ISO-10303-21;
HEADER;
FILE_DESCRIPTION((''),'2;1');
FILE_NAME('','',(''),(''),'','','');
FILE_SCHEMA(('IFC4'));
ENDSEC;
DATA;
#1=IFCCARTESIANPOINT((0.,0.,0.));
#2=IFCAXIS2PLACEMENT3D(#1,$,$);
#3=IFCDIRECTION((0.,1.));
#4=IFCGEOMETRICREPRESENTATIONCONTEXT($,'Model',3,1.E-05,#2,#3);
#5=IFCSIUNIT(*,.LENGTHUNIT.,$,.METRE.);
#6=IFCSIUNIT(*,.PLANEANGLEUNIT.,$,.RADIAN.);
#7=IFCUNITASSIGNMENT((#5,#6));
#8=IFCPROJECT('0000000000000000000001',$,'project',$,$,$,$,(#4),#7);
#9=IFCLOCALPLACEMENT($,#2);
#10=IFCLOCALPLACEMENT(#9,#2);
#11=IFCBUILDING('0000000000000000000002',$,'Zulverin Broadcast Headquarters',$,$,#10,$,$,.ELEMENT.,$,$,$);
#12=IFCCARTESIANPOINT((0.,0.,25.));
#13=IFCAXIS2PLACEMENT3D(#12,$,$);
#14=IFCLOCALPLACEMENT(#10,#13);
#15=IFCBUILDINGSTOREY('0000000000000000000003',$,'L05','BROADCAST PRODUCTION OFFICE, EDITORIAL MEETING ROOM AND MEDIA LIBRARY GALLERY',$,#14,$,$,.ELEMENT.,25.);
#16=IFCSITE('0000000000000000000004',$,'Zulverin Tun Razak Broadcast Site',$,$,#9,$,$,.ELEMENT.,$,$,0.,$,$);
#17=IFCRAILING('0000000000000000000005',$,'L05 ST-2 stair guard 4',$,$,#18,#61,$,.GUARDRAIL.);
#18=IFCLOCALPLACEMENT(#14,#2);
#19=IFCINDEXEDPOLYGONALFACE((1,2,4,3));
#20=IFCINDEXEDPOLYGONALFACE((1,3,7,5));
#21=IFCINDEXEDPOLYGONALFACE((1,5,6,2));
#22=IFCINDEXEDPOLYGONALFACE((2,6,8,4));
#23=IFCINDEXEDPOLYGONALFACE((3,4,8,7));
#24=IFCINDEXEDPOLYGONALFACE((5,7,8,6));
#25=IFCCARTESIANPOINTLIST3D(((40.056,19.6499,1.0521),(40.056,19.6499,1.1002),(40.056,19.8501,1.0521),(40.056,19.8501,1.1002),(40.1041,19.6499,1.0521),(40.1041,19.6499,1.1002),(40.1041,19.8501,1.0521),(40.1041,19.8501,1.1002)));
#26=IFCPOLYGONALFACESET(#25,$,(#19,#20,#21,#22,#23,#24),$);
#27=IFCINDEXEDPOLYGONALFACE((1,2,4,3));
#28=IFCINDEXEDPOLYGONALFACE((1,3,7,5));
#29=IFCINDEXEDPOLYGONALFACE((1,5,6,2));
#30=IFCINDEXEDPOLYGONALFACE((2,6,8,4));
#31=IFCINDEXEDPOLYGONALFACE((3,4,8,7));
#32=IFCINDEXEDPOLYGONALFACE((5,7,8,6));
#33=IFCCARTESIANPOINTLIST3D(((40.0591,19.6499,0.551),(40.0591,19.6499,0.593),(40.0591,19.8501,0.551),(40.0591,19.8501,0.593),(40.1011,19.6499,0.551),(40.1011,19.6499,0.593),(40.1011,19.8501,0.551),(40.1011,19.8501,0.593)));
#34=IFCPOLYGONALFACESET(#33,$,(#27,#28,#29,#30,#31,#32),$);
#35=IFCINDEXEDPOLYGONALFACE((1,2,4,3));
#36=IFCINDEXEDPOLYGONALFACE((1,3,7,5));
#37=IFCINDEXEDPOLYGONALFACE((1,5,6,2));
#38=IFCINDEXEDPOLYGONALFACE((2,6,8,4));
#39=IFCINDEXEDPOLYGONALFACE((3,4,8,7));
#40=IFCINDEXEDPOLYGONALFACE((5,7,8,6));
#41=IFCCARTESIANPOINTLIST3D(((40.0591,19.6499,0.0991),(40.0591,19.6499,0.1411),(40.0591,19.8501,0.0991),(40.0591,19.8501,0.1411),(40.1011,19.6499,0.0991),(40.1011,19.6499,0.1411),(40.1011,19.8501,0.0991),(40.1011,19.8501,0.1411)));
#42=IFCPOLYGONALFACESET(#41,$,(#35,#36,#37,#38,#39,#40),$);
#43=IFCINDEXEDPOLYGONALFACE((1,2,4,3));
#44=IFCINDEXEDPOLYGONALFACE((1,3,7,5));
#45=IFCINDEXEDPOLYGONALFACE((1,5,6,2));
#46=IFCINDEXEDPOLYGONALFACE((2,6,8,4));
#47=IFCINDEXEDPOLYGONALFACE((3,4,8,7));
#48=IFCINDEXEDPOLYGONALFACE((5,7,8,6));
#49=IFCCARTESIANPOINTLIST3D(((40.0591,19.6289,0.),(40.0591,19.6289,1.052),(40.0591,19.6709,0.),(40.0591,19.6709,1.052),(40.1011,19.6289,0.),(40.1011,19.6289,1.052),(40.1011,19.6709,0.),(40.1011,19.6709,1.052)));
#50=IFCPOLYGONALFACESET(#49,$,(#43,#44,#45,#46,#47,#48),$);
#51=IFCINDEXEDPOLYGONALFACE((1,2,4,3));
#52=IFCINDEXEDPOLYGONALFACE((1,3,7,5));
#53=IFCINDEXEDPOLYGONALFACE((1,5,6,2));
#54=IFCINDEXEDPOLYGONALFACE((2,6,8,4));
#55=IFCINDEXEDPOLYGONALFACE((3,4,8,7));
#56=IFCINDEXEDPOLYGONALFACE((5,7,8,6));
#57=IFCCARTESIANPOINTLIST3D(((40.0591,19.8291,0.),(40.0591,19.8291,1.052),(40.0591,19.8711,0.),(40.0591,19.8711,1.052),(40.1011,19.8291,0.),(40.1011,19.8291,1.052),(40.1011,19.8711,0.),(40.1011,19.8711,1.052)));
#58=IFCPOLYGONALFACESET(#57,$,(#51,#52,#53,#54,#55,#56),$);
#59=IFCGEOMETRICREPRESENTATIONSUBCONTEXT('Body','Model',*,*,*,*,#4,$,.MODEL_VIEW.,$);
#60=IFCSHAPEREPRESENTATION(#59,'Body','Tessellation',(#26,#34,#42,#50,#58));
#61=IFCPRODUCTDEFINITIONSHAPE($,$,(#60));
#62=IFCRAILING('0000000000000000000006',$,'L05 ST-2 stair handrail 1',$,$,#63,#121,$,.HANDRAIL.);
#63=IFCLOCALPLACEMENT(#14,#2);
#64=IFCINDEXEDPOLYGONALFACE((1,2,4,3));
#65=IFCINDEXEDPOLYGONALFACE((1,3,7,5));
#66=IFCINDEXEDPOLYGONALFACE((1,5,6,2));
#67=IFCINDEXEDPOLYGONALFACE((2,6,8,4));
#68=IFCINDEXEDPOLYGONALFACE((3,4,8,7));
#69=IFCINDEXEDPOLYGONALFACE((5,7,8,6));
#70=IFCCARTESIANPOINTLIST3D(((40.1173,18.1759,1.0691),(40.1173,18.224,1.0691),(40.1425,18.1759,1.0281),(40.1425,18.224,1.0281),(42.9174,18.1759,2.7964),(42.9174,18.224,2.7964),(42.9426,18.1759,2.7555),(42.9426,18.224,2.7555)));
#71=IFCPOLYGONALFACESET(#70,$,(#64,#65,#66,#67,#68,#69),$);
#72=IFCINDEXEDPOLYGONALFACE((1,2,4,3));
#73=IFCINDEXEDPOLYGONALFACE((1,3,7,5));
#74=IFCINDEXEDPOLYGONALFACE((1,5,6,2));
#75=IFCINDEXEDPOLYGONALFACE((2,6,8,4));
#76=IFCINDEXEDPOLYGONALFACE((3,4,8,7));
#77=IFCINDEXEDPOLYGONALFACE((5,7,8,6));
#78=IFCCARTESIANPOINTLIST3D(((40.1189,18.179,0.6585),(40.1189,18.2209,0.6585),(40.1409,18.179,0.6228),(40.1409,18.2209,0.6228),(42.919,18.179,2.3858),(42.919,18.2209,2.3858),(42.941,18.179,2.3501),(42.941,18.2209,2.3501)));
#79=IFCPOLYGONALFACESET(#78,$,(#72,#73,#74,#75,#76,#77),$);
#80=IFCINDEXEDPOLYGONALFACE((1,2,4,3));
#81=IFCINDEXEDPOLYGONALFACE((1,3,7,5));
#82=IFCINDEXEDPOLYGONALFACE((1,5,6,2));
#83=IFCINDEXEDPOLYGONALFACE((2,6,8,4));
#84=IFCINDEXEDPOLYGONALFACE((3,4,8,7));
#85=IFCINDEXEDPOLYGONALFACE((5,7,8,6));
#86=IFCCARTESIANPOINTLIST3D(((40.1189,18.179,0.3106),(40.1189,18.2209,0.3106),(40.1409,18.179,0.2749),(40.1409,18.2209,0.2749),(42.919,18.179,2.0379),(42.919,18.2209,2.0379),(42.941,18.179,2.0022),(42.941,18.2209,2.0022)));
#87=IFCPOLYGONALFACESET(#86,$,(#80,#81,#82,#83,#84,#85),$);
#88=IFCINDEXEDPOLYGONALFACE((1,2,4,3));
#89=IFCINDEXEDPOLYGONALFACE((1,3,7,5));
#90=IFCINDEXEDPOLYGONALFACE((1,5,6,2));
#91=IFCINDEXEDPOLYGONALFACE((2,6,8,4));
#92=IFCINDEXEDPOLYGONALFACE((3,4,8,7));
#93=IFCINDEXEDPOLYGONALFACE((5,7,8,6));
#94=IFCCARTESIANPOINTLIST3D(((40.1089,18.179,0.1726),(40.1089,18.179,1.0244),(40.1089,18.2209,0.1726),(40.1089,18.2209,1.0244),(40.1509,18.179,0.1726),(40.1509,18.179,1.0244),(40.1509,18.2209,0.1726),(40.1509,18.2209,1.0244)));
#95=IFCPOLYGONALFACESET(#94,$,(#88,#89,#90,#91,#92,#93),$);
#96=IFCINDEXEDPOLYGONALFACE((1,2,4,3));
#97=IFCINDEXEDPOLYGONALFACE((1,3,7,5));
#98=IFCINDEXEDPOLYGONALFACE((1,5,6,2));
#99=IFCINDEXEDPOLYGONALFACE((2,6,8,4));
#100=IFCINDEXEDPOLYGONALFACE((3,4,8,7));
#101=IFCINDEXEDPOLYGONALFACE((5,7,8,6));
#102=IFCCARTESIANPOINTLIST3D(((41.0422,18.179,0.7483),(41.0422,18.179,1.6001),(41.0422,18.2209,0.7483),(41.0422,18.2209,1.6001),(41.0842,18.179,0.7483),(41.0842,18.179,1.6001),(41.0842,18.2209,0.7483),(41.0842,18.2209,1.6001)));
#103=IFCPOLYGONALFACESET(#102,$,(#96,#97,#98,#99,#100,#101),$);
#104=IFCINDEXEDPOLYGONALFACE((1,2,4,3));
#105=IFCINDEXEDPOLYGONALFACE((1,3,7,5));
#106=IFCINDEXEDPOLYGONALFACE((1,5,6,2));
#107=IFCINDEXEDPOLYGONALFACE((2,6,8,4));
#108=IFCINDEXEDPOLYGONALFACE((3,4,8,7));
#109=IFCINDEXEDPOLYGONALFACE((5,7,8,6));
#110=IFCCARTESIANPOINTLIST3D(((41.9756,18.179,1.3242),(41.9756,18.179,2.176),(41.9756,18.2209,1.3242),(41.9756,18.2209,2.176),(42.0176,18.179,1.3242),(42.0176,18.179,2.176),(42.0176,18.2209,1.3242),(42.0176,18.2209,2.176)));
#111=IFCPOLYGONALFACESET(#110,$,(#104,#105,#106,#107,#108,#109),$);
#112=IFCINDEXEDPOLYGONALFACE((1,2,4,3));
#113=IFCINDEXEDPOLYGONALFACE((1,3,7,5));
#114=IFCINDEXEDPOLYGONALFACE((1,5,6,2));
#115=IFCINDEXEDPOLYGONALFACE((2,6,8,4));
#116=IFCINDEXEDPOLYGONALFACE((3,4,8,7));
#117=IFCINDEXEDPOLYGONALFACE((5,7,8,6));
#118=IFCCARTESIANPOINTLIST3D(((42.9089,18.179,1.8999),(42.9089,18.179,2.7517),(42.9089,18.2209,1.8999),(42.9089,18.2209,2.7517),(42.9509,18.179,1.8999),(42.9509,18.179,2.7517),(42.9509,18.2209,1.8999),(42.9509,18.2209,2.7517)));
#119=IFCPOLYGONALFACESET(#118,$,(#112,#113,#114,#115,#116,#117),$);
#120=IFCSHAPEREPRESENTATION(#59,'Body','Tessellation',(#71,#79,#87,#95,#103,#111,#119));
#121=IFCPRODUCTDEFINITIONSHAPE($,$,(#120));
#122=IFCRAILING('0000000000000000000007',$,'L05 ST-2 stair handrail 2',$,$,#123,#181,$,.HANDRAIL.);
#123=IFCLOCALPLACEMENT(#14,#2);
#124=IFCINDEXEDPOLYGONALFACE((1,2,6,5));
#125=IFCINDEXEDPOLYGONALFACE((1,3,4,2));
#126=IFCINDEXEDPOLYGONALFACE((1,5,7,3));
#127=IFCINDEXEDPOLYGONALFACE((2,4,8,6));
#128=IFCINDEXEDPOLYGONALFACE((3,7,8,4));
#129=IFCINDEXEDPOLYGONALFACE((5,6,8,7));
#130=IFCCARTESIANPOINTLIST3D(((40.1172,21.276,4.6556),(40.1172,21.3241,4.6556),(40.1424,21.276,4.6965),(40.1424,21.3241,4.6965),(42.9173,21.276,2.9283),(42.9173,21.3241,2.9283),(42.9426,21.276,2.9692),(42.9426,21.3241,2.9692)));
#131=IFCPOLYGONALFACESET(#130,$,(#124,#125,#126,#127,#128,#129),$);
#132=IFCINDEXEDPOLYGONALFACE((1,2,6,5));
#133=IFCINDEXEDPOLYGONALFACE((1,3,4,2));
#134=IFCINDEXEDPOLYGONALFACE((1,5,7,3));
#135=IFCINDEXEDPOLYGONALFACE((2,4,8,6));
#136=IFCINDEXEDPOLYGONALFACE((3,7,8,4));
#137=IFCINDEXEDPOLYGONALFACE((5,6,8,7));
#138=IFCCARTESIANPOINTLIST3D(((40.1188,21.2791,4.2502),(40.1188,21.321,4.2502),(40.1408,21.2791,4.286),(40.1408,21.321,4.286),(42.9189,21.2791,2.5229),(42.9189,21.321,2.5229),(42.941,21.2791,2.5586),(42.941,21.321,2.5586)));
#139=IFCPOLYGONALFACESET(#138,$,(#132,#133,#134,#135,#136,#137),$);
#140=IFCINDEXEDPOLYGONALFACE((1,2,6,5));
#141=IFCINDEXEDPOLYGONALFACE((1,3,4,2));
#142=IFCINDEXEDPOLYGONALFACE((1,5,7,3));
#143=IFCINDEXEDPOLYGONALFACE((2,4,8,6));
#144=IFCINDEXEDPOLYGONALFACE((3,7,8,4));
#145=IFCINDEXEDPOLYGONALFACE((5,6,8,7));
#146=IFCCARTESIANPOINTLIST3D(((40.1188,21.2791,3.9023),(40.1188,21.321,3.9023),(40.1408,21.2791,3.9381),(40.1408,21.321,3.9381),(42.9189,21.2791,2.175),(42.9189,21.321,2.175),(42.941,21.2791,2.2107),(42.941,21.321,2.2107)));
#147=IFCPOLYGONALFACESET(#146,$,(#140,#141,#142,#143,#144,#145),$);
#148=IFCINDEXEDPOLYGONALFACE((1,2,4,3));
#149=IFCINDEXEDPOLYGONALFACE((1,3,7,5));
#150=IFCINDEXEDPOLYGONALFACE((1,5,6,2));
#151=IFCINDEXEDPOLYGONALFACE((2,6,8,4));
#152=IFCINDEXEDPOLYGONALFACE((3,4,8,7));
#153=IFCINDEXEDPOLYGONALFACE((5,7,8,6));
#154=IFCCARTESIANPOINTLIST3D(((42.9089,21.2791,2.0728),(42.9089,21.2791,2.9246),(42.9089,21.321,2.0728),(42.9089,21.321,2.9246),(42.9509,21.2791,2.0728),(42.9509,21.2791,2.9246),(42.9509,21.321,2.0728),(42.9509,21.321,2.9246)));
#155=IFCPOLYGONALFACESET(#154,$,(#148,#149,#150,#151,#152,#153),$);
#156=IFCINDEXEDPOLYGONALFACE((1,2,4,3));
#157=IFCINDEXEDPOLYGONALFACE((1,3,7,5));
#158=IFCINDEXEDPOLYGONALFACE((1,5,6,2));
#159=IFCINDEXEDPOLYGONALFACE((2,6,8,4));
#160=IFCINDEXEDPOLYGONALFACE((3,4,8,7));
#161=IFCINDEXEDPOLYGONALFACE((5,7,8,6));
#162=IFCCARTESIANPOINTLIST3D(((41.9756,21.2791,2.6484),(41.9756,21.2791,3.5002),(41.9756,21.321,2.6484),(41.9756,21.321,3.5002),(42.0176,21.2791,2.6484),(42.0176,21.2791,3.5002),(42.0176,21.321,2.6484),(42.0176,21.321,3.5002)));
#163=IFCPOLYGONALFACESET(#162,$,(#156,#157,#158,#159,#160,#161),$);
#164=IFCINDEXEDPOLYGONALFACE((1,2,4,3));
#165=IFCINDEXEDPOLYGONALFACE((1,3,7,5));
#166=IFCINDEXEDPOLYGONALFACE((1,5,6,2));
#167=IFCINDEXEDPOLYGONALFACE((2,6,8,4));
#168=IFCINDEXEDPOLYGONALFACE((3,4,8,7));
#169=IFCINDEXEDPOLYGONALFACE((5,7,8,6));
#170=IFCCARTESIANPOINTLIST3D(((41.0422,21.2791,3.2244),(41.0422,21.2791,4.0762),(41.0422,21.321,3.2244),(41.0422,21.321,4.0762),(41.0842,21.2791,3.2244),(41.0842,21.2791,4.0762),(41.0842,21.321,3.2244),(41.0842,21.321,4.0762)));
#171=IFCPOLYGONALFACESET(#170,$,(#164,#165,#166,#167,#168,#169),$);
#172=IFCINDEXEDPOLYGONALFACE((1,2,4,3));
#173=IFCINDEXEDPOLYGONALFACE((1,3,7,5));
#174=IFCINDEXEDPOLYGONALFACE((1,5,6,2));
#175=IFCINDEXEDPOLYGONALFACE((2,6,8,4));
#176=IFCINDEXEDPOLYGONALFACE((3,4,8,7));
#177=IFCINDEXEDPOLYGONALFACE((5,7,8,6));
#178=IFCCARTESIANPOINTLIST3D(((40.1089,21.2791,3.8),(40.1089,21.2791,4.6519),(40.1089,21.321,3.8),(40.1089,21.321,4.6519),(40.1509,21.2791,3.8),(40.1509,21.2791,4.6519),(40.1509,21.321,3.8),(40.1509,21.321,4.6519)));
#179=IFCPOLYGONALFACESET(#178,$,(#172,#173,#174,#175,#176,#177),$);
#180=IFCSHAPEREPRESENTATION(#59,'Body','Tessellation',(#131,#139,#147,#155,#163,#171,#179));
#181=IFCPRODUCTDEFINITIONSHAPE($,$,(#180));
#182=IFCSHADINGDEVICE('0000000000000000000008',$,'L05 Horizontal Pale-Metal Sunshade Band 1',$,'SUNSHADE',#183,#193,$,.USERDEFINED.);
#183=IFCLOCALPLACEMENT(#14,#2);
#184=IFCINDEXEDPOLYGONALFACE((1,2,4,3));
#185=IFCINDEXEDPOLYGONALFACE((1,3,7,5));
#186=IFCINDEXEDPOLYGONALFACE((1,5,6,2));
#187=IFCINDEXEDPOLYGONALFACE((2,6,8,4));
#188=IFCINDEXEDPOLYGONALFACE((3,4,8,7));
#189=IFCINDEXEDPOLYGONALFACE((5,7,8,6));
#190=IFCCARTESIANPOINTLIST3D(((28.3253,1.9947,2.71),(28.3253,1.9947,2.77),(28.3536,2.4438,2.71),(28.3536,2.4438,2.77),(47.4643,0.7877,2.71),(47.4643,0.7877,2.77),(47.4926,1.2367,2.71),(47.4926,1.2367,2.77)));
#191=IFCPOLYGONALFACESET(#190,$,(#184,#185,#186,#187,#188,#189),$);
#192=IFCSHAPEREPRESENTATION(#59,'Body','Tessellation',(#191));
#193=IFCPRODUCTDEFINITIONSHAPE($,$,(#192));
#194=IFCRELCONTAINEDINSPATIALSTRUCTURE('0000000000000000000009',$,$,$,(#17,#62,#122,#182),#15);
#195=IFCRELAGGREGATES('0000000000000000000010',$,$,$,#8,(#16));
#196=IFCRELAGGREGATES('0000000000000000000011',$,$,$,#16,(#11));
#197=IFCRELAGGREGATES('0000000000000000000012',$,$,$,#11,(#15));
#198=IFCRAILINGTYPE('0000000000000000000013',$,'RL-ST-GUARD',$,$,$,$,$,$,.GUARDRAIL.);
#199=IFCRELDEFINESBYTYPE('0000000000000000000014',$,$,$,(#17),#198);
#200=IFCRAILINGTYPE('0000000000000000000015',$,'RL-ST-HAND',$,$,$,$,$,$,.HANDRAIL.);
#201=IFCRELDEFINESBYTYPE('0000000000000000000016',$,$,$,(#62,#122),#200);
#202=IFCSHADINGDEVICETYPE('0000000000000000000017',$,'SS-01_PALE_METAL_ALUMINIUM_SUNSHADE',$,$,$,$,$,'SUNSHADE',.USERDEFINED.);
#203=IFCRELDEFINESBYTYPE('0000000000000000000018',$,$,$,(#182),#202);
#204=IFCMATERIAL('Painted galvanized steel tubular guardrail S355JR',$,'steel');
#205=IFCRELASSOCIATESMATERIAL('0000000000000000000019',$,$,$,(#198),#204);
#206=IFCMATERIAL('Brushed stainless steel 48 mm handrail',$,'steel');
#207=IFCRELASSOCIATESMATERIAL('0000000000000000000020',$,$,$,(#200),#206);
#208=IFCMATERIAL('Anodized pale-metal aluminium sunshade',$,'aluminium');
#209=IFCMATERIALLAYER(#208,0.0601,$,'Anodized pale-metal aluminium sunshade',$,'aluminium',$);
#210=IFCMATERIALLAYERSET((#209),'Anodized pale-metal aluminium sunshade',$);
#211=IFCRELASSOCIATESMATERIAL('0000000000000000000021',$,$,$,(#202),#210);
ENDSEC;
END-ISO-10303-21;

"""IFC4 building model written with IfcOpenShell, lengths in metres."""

from ifc_helpers import new_model, si_unit, direction, frame, origin, origin_2d, place, context, subcontext, project, spatial, rectangle, extrude, material, layer, layer_set, type_object, element, save


model = new_model("IFC4")

# Units and contexts
model_context = context("Model", 3, precision=1e-05, world=origin(), true_north=direction((0.0, 1.0)))
body_context = subcontext(model_context, "Body", "Model", "MODEL_VIEW")
ifc_project = project(units=[si_unit("LENGTHUNIT", "METRE"), si_unit("PLANEANGLEUNIT", "RADIAN")], contexts=[model_context])

# Site, building, storey
site_placement = place(None, origin())
site = spatial("IfcSite", under=ifc_project, at=site_placement, Name="Zulverin Tun Razak Broadcast Site", CompositionType="ELEMENT", RefElevation=0.0)
building_placement = place(site_placement, origin())
building = spatial("IfcBuilding", under=site, at=building_placement, Name="Zulverin Broadcast Headquarters", CompositionType="ELEMENT")
storey_placement = place(building_placement, frame((0.0, 0.0, 25.0)))
storey = spatial("IfcBuildingStorey", under=building, at=storey_placement, Name="L05", Description="BROADCAST PRODUCTION OFFICE, EDITORIAL MEETING ROOM AND MEDIA LIBRARY GALLERY", CompositionType="ELEMENT", Elevation=25.0)

# Railings
ifc_material_1 = material(Name="Painted galvanized steel tubular guardrail S355JR", Category="steel")
railing_type_1 = type_object("IfcRailingType", Name="RL-ST-GUARD", PredefinedType="GUARDRAIL", material=ifc_material_1)
railing_1_placement = place(storey_placement, frame((40.0801, 19.6499, 0.0)))
element("IfcRailing", 1, at=railing_1_placement, inside=storey, type_object=railing_type_1, Name="L05 ST-2 stair guard 4", PredefinedType="GUARDRAIL", context=body_context, shape_type="SweptSolid", body=[
    extrude(rectangle(XDim=0.0481, YDim=0.0481, at=origin_2d()), frame((0.0, 0.0, 1.0762), z_axis=(0.0, 1.0, 0.0), x_axis=(-1.0, 0.0, 0.0)), (0.0, 0.0, 1.0), 0.2002),
    extrude(rectangle(XDim=0.042, YDim=0.042, at=origin_2d()), frame((0.0, 0.0, 0.572), z_axis=(0.0, 1.0, 0.0), x_axis=(-1.0, 0.0, 0.0)), (0.0, 0.0, 1.0), 0.2002),
    extrude(rectangle(XDim=0.042, YDim=0.042, at=origin_2d()), frame((0.0, 0.0, 0.1201), z_axis=(0.0, 1.0, 0.0), x_axis=(-1.0, 0.0, 0.0)), (0.0, 0.0, 1.0), 0.2002),
    extrude(rectangle(XDim=0.042, YDim=0.042, at=origin_2d()), origin(), (0.0, 0.0, 1.0), 1.052),
    extrude(rectangle(XDim=0.042, YDim=0.042, at=origin_2d()), frame((0.0, 0.2002, 0.0)), (0.0, 0.0, 1.0), 1.052),
])
ifc_material_2 = material(Name="Brushed stainless steel 48 mm handrail", Category="steel")
railing_type_2 = type_object("IfcRailingType", Name="RL-ST-HAND", PredefinedType="HANDRAIL", material=ifc_material_2)
railing_2_placement = place(storey_placement, frame((40.1299, 18.2, 0.1726)))
element("IfcRailing", 2, at=railing_2_placement, inside=storey, type_object=railing_type_2, Name="L05 ST-2 stair handrail 1", PredefinedType="HANDRAIL", context=body_context, shape_type="SweptSolid", body=[
    extrude(rectangle(XDim=0.0481, YDim=0.0481, at=origin_2d()), frame((0.0, 0.0, 0.876), z_axis=(0.85109, 0.0, 0.52502), x_axis=(0.0, 1.0, 0.0)), (0.0, 0.0, 1.0), 3.29),
    extrude(rectangle(XDim=0.042, YDim=0.042, at=origin_2d()), frame((0.0, 0.0, 0.468), z_axis=(0.85109, 0.0, 0.52502), x_axis=(0.0, 1.0, 0.0)), (0.0, 0.0, 1.0), 3.29),
    extrude(rectangle(XDim=0.042, YDim=0.042, at=origin_2d()), frame((0.0, 0.0, 0.1201), z_axis=(0.85109, 0.0, 0.52502), x_axis=(0.0, 1.0, 0.0)), (0.0, 0.0, 1.0), 3.29),
    extrude(rectangle(XDim=0.042, YDim=0.042, at=origin_2d()), origin(), (0.0, 0.0, 1.0), 0.8518),
    extrude(rectangle(XDim=0.042, YDim=0.042, at=origin_2d()), frame((0.9333, 0.0, 0.5757)), (0.0, 0.0, 1.0), 0.8518),
    extrude(rectangle(XDim=0.042, YDim=0.042, at=origin_2d()), frame((1.8667, 0.0, 1.1516)), (0.0, 0.0, 1.0), 0.8518),
    extrude(rectangle(XDim=0.042, YDim=0.042, at=origin_2d()), frame((2.8, 0.0, 1.7273)), (0.0, 0.0, 1.0), 0.8518),
])
railing_3_placement = place(storey_placement, frame((42.9299, 21.3, 2.0728)))
element("IfcRailing", 3, at=railing_3_placement, inside=storey, type_object=railing_type_2, Name="L05 ST-2 stair handrail 2", PredefinedType="HANDRAIL", context=body_context, shape_type="SweptSolid", body=[
    extrude(rectangle(XDim=0.0481, YDim=0.0481, at=origin_2d()), frame((0.0, 0.0, 0.876), z_axis=(-0.85109, 0.0, 0.52502), x_axis=(0.0, -1.0, 0.0)), (0.0, 0.0, 1.0), 3.29),
    extrude(rectangle(XDim=0.042, YDim=0.042, at=origin_2d()), frame((0.0, 0.0, 0.468), z_axis=(-0.85109, 0.0, 0.52502), x_axis=(0.0, -1.0, 0.0)), (0.0, 0.0, 1.0), 3.29),
    extrude(rectangle(XDim=0.042, YDim=0.042, at=origin_2d()), frame((0.0, 0.0, 0.1201), z_axis=(-0.85109, 0.0, 0.52502), x_axis=(0.0, -1.0, 0.0)), (0.0, 0.0, 1.0), 3.29),
    extrude(rectangle(XDim=0.042, YDim=0.042, at=origin_2d()), origin(), (0.0, 0.0, 1.0), 0.8518),
    extrude(rectangle(XDim=0.042, YDim=0.042, at=origin_2d()), frame((-0.9333, 0.0, 0.5757)), (0.0, 0.0, 1.0), 0.8518),
    extrude(rectangle(XDim=0.042, YDim=0.042, at=origin_2d()), frame((-1.8667, 0.0, 1.1516)), (0.0, 0.0, 1.0), 0.8518),
    extrude(rectangle(XDim=0.042, YDim=0.042, at=origin_2d()), frame((-2.8, 0.0, 1.7273)), (0.0, 0.0, 1.0), 0.8518),
])

# Shading device
ifc_material_3 = material(Name="Anodized pale-metal aluminium sunshade", Category="aluminium")
ifc_layer_1 = layer(ifc_material_3, 0.0601, Name="Anodized pale-metal aluminium sunshade", Category="aluminium")
ifc_layer_set_1 = layer_set([ifc_layer_1], Name="Anodized pale-metal aluminium sunshade")
shading_device_type = type_object("IfcShadingDeviceType", Name="SS-01_PALE_METAL_ALUMINIUM_SUNSHADE", ElementType="SUNSHADE", PredefinedType="USERDEFINED", material=ifc_layer_set_1)
shading_device_placement = place(storey_placement, frame((37.9089, 1.6157, 2.71), z_axis=(0.0, 0.0, 1.0), x_axis=(0.998017, -0.062942, 0.0)))
element("IfcShadingDevice", 4, at=shading_device_placement, inside=storey, type_object=shading_device_type, Name="L05 Horizontal Pale-Metal Sunshade Band 1", ObjectType="SUNSHADE", PredefinedType="USERDEFINED", context=body_context, shape_type="SweptSolid", body=[
    extrude(rectangle(XDim=19.177, YDim=0.45, at=origin_2d()), origin(), (0.0, 0.0, 1.0), 0.0601),
])

save(model, "model.ifc")
